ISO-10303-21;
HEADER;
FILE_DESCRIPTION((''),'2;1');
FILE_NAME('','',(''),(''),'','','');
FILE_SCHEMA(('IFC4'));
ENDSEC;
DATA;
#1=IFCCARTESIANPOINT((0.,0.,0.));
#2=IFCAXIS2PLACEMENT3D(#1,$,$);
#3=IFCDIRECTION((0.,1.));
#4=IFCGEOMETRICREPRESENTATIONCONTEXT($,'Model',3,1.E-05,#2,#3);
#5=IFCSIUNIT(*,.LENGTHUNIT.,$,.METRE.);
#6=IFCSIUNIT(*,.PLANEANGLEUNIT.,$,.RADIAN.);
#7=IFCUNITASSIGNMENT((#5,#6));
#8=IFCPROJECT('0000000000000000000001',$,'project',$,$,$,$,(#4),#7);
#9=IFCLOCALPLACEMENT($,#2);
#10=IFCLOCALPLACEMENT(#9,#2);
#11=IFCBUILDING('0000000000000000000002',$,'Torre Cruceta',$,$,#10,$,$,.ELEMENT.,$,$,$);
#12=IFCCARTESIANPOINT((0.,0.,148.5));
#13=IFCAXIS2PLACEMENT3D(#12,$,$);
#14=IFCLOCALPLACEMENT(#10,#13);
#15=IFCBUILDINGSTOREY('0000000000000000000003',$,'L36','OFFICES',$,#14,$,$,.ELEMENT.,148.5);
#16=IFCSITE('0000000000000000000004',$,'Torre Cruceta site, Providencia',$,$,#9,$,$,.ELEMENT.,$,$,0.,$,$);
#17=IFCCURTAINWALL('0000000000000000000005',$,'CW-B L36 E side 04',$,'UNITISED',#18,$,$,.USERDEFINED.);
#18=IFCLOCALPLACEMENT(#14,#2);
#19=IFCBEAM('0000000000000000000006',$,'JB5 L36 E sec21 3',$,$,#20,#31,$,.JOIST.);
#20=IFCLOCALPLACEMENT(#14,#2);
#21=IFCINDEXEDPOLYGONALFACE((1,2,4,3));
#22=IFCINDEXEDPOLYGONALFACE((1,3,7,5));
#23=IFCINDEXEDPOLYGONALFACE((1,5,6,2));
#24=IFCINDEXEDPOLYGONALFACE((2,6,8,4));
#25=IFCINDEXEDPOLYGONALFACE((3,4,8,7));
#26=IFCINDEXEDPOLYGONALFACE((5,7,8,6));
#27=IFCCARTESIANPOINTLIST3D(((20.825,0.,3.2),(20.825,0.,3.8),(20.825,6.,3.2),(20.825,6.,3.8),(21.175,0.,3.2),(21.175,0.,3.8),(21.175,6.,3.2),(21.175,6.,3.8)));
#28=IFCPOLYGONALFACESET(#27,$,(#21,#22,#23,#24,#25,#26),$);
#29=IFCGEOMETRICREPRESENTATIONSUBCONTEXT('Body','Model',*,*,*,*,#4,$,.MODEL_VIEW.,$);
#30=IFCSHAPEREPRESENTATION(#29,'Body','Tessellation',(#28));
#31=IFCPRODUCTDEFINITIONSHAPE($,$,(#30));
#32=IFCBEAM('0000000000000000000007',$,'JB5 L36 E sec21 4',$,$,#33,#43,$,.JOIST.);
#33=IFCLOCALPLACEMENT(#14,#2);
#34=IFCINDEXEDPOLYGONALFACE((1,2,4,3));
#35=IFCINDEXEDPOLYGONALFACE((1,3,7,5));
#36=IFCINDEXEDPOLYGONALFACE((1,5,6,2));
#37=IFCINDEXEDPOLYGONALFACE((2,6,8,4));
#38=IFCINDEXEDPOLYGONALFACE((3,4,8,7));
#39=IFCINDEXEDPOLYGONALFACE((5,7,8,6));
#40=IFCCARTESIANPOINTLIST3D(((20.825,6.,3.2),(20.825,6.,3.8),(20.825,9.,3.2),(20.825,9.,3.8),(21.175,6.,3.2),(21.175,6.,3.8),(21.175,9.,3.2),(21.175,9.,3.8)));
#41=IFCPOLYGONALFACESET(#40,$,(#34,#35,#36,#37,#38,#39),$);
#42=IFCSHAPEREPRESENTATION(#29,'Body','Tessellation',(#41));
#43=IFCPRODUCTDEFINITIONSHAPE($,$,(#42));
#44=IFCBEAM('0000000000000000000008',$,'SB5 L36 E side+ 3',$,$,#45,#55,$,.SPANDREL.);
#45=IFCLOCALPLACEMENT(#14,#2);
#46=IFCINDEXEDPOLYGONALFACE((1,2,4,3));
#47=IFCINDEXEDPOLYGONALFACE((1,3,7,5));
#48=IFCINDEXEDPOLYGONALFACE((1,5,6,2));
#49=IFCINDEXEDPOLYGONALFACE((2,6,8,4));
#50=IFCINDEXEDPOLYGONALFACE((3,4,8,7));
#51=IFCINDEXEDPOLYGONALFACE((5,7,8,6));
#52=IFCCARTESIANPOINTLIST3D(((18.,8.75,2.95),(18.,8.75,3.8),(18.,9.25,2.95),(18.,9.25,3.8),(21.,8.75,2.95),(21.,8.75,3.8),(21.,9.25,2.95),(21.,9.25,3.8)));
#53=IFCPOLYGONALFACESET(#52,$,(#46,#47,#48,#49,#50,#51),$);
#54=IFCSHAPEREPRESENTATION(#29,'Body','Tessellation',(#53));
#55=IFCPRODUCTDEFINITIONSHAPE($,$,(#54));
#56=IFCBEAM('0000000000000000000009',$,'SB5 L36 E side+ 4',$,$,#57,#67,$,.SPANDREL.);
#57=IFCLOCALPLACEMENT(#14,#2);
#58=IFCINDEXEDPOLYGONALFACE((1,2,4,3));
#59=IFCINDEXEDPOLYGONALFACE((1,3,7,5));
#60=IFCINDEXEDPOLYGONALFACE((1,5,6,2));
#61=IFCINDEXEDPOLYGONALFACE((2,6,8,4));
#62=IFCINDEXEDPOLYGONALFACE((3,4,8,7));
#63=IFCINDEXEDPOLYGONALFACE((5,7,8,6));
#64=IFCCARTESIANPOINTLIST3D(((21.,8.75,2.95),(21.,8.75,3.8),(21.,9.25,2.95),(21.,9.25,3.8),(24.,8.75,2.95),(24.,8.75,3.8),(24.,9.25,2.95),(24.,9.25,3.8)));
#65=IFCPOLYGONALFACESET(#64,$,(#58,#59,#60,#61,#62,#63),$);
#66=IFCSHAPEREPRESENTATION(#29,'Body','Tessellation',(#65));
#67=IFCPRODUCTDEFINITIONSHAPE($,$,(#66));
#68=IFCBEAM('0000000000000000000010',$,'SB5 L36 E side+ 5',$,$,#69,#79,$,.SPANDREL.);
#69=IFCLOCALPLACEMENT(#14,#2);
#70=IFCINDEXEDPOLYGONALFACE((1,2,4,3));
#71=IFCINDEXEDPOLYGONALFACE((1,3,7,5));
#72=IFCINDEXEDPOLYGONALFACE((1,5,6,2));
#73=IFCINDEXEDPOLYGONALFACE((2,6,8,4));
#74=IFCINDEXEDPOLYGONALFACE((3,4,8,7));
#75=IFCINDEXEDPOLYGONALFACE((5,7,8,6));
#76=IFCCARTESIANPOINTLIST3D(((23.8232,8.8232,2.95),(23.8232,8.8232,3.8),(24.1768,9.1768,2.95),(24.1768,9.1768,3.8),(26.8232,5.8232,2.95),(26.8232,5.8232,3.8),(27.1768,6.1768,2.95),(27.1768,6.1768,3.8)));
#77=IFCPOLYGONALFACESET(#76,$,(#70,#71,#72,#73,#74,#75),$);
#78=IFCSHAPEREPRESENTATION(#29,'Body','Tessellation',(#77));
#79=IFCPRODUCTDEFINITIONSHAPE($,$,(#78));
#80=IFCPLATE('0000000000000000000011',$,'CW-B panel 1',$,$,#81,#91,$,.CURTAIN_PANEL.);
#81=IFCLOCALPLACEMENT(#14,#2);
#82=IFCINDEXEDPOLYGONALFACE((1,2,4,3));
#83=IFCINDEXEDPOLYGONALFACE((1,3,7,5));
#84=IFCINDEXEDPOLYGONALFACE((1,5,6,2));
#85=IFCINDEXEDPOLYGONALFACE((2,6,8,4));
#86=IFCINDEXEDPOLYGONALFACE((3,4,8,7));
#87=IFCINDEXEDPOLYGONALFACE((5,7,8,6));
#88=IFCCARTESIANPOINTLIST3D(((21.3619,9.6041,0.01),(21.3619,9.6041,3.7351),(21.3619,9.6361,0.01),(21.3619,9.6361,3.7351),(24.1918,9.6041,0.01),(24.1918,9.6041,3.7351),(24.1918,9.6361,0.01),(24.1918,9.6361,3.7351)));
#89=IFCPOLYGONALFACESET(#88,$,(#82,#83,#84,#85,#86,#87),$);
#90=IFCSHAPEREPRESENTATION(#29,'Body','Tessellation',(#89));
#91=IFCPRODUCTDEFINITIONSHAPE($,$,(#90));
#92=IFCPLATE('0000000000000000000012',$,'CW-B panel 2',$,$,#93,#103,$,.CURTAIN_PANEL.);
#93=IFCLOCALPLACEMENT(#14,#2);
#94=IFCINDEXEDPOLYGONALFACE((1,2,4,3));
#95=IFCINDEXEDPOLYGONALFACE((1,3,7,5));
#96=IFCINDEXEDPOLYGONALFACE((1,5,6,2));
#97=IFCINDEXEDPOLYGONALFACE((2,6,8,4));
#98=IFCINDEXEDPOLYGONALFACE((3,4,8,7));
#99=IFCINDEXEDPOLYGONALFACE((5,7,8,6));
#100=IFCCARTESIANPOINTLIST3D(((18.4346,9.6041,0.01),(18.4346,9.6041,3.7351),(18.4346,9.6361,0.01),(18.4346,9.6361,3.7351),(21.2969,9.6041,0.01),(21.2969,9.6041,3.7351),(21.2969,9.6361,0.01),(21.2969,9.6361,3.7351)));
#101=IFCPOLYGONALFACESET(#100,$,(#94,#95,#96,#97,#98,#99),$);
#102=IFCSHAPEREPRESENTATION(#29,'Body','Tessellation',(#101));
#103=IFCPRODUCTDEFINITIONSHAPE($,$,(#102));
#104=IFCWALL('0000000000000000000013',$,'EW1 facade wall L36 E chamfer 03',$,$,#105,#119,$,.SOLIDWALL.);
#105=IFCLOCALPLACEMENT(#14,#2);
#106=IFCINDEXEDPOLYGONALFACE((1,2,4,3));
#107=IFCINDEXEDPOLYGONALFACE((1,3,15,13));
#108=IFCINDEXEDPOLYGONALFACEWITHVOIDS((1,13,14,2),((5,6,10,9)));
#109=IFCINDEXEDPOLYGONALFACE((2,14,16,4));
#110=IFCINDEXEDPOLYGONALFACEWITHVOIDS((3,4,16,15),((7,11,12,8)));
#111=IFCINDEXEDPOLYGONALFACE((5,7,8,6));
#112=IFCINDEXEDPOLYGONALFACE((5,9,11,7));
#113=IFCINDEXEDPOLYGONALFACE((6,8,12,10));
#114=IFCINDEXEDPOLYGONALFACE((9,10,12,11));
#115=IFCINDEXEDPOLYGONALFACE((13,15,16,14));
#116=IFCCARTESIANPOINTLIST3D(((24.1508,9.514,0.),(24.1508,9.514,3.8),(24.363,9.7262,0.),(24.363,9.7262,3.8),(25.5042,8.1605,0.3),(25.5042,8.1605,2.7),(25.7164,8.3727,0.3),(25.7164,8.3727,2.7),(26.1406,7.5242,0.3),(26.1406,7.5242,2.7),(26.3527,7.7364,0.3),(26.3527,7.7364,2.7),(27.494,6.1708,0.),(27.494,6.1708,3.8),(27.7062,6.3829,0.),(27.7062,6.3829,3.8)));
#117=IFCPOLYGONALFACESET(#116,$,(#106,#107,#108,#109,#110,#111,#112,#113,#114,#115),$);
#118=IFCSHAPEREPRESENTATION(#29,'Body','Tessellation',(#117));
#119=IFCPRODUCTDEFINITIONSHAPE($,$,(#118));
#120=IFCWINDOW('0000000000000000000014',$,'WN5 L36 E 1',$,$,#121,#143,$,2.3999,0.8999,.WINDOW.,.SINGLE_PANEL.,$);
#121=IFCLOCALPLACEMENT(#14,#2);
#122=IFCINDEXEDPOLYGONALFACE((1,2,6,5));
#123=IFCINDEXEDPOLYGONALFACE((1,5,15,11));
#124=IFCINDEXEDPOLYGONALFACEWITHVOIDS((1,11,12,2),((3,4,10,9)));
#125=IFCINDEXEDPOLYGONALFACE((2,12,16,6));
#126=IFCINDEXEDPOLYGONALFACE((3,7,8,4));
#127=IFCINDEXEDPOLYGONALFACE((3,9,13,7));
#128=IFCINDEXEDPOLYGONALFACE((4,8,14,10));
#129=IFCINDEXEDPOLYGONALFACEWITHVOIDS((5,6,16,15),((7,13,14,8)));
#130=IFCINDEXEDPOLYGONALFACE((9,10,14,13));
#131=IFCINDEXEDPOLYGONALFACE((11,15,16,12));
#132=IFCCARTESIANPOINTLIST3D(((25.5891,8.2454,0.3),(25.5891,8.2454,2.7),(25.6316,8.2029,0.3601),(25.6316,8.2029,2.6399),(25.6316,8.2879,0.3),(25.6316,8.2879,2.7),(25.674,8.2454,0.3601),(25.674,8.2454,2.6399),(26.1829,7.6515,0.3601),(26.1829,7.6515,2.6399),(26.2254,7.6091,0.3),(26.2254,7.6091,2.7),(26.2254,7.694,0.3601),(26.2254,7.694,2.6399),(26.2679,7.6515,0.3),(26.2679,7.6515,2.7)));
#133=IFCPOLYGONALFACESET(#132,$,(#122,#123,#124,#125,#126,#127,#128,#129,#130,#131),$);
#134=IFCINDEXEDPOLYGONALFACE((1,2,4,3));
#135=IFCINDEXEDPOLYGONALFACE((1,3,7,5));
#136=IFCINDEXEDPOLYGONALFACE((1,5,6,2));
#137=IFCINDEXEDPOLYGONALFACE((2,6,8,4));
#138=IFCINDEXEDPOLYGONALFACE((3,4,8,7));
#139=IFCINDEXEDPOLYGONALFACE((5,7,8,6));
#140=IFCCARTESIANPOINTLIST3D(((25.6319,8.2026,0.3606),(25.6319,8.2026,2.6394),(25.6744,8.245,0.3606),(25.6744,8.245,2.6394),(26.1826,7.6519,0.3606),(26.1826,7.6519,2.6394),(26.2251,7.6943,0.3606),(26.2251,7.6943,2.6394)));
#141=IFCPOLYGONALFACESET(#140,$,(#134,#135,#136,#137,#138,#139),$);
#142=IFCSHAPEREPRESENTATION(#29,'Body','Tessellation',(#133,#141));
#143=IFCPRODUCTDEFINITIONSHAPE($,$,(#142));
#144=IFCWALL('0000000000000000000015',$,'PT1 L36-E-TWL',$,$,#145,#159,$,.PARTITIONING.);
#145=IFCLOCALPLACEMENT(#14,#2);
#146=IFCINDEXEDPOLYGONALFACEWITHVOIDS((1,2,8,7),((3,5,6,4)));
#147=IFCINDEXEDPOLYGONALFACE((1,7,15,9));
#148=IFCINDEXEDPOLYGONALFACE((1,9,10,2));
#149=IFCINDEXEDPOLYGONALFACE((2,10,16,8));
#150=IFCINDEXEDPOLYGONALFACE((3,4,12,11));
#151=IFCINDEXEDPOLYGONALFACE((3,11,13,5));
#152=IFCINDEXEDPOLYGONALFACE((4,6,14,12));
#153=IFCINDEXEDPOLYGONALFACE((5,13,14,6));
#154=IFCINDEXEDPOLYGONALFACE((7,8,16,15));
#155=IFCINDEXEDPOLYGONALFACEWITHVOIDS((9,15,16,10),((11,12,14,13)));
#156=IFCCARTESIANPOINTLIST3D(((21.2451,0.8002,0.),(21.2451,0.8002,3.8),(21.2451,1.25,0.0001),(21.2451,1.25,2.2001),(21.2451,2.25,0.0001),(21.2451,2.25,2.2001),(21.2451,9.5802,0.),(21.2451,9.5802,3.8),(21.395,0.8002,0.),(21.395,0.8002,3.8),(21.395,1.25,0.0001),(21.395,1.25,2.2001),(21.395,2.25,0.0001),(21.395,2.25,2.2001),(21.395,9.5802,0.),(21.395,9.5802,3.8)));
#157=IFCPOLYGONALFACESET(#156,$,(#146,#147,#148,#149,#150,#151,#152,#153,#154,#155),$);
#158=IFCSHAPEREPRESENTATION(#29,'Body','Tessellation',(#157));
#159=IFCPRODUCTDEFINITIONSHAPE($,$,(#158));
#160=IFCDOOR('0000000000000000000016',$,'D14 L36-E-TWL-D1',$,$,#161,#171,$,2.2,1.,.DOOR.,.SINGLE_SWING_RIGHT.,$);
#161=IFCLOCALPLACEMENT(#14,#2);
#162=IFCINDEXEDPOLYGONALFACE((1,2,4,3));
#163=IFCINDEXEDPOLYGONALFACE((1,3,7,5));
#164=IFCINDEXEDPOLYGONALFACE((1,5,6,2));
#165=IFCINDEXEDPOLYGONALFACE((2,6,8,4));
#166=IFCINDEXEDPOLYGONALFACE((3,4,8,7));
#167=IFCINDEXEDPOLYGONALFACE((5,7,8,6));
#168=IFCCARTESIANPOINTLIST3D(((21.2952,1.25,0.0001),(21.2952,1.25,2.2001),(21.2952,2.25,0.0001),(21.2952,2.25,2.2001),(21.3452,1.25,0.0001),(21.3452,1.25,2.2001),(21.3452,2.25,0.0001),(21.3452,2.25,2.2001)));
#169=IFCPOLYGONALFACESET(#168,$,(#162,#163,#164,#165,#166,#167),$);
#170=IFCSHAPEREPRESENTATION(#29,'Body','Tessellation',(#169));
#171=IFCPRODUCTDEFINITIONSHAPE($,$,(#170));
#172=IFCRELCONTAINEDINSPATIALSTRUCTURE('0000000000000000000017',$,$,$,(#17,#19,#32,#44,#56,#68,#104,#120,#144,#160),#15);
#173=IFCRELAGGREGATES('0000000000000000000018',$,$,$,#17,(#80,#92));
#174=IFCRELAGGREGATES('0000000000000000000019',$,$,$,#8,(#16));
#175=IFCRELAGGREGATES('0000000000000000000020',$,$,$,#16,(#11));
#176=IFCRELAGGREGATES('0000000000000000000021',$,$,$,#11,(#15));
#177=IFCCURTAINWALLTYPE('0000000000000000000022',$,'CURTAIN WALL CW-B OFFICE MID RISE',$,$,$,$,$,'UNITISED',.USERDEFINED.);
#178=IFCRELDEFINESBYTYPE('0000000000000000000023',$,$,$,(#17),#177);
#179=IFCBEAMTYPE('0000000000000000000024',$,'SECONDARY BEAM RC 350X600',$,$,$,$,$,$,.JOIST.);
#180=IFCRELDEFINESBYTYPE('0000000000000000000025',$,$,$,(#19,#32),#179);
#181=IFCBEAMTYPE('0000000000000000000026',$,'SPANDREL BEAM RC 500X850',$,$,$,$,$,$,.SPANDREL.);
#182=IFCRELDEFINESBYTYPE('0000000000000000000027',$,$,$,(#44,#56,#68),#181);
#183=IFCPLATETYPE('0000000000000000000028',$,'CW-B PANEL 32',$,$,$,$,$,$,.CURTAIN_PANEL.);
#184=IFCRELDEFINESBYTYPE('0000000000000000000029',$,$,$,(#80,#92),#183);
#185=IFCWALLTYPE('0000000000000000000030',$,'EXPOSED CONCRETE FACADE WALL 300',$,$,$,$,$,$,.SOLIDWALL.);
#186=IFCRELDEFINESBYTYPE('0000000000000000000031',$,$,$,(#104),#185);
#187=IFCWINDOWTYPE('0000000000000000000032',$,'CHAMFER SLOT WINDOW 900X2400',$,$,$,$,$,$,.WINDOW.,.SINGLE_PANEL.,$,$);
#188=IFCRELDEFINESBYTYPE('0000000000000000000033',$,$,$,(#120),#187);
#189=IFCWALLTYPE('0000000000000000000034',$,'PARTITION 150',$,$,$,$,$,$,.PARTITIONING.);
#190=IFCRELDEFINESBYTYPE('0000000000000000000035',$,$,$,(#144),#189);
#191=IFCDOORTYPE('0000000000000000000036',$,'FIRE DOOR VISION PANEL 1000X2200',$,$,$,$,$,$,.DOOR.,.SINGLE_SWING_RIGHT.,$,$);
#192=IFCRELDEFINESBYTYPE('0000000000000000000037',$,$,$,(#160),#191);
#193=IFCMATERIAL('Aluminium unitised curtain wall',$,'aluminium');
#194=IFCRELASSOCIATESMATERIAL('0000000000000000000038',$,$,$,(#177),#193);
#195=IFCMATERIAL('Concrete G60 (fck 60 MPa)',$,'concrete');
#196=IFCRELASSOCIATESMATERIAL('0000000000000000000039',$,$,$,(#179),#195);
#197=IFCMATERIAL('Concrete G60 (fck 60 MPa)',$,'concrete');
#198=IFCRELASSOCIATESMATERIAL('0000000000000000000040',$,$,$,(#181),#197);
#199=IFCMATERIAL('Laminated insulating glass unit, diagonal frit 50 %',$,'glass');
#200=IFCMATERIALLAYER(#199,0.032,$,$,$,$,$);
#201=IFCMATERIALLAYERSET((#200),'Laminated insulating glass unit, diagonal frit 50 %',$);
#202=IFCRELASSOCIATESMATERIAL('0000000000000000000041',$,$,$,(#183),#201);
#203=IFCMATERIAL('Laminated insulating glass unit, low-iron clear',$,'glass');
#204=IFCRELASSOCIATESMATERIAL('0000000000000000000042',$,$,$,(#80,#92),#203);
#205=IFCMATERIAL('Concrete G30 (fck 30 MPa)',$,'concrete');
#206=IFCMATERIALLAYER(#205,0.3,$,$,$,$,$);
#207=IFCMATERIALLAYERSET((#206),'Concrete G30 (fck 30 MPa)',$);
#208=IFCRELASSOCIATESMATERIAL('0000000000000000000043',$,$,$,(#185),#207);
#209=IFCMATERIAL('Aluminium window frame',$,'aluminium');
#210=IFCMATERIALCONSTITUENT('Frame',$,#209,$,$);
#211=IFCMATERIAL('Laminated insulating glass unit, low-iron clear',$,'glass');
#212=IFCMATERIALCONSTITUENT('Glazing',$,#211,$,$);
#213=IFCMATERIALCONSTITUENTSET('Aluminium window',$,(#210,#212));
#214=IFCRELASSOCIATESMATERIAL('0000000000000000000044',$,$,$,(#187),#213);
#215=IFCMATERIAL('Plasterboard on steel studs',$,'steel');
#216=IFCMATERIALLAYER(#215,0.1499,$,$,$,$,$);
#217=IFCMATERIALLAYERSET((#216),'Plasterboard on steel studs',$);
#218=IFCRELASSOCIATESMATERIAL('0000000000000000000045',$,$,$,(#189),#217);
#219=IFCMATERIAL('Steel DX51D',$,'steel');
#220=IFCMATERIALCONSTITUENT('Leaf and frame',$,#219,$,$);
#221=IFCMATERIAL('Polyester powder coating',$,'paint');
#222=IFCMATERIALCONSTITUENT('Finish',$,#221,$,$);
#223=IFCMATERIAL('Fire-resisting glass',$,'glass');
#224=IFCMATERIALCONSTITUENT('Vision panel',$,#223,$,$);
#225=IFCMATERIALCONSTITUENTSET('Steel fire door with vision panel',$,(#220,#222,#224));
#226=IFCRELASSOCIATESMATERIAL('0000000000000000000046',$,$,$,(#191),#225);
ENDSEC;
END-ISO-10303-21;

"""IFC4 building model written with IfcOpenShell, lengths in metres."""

from ifc_helpers import new_model, si_unit, direction, frame, frame_2d, origin, origin_2d, place, context, subcontext, project, spatial, rectangle, hollow_rectangle, extrude, material, layer, layer_set, constituent, constituent_set, material_profile, profile_set, type_object, element, fill, aggregate, save


model = new_model("IFC4")

# Units and contexts
model_context = context("Model", 3, precision=1e-05, world=origin(), true_north=direction((0.0, 1.0)))
body_context = subcontext(model_context, "Body", "Model", "MODEL_VIEW")
ifc_project = project(units=[si_unit("LENGTHUNIT", "METRE"), si_unit("PLANEANGLEUNIT", "RADIAN")], contexts=[model_context])

# Site, building, storey
site_placement = place(None, origin())
site = spatial("IfcSite", under=ifc_project, at=site_placement, Name="Torre Cruceta site, Providencia", CompositionType="ELEMENT", RefElevation=0.0)
building_placement = place(site_placement, origin())
building = spatial("IfcBuilding", under=site, at=building_placement, Name="Torre Cruceta", CompositionType="ELEMENT")
storey_placement = place(building_placement, frame((0.0, 0.0, 148.5)))
storey = spatial("IfcBuildingStorey", under=building, at=storey_placement, Name="L36", Description="OFFICES", CompositionType="ELEMENT", Elevation=148.5)

# Curtain wall
ifc_material_1 = material(Name="Aluminium unitised curtain wall", Category="aluminium")
curtain_wall_type = type_object("IfcCurtainWallType", Name="CURTAIN WALL CW-B OFFICE MID RISE", ElementType="UNITISED", PredefinedType="USERDEFINED", material=ifc_material_1)
curtain_wall_placement = place(storey_placement, origin())
curtain_wall = element("IfcCurtainWall", 1, at=curtain_wall_placement, inside=storey, type_object=curtain_wall_type, Name="CW-B L36 E side 04", ObjectType="UNITISED", PredefinedType="USERDEFINED")

# Beams
ifc_material_2 = material(Name="Concrete G60 (fck 60 MPa)", Category="concrete")
ifc_material_profile_1 = material_profile(ifc_material_2, rectangle(XDim=0.3501, YDim=0.6001, at=origin_2d()), Name="RC 350X600")
ifc_profile_set_1 = profile_set([ifc_material_profile_1], Name="Concrete G60 (fck 60 MPa)")
beam_type_1 = type_object("IfcBeamType", Name="SECONDARY BEAM RC 350X600", PredefinedType="JOIST", material=ifc_profile_set_1)
beam_1_placement = place(storey_placement, frame((21.0, 0.0, 3.5), z_axis=(0.0, 1.0, 0.0), x_axis=(-1.0, 0.0, 0.0)))
element("IfcBeam", 2, at=beam_1_placement, inside=storey, type_object=beam_type_1, Name="JB5 L36 E sec21 3", PredefinedType="JOIST", context=body_context, shape_type="SweptSolid", body=[
    extrude(rectangle(XDim=0.3501, YDim=0.6001, at=origin_2d()), origin(), (0.0, 0.0, 1.0), 6.0),
])
beam_2_placement = place(storey_placement, frame((21.0, 6.0, 3.5), z_axis=(0.0, 1.0, 0.0), x_axis=(-1.0, 0.0, 0.0)))
element("IfcBeam", 3, at=beam_2_placement, inside=storey, type_object=beam_type_1, Name="JB5 L36 E sec21 4", PredefinedType="JOIST", context=body_context, shape_type="SweptSolid", body=[
    extrude(rectangle(XDim=0.3501, YDim=0.6001, at=origin_2d()), origin(), (0.0, 0.0, 1.0), 3.0),
])
ifc_material_3 = material(Name="Concrete G60 (fck 60 MPa)", Category="concrete")
ifc_material_profile_2 = material_profile(ifc_material_3, rectangle(XDim=0.5, YDim=0.8501, at=origin_2d()), Name="RC 500X850")
ifc_profile_set_2 = profile_set([ifc_material_profile_2], Name="Concrete G60 (fck 60 MPa)")
beam_type_2 = type_object("IfcBeamType", Name="SPANDREL BEAM RC 500X850", PredefinedType="SPANDREL", material=ifc_profile_set_2)
for number, where, z_axis, x_axis, name in (
    (4, (18.0, 9.0, 3.375), (1.0, 0.0, 0.0), (0.0, 1.0, 0.0), "SB5 L36 E side+ 3"),
    (5, (21.0, 9.0, 3.375), (1.0, 0.0, 0.0), (0.0, 1.0, 0.0), "SB5 L36 E side+ 4"),
):
    element("IfcBeam", number, at=place(storey_placement, frame(where, z_axis=z_axis, x_axis=x_axis)), inside=storey, type_object=beam_type_2, Name=name, PredefinedType="SPANDREL", context=body_context, shape_type="SweptSolid", body=[
        extrude(rectangle(XDim=0.5, YDim=0.8501, at=origin_2d()), origin(), (0.0, 0.0, 1.0), 3.0),
    ])
beam_3_placement = place(storey_placement, frame((24.0, 9.0, 3.375), z_axis=(0.707107, -0.707107, 0.0), x_axis=(0.707107, 0.707107, 0.0)))
element("IfcBeam", 6, at=beam_3_placement, inside=storey, type_object=beam_type_2, Name="SB5 L36 E side+ 5", PredefinedType="SPANDREL", context=body_context, shape_type="SweptSolid", body=[
    extrude(rectangle(XDim=0.5, YDim=0.8501, at=origin_2d()), origin(), (0.0, 0.0, 1.0), 4.2427),
])

# Plates
ifc_material_4 = material(Name="Laminated insulating glass unit, low-iron clear", Category="glass")
ifc_material_5 = material(Name="Laminated insulating glass unit, diagonal frit 50 %", Category="glass")
ifc_layer_1 = layer(ifc_material_5, 0.032)
ifc_layer_set_1 = layer_set([ifc_layer_1], Name="Laminated insulating glass unit, diagonal frit 50 %")
plate_type = type_object("IfcPlateType", Name="CW-B PANEL 32", PredefinedType="CURTAIN_PANEL", material=ifc_layer_set_1)
plate_1_placement = place(storey_placement, frame((22.7769, 9.6201, 0.01), z_axis=(0.0, 0.0, 1.0), x_axis=(-1.0, 0.0, 0.0)))
plate_1 = element("IfcPlate", 7, at=plate_1_placement, type_object=plate_type, material=ifc_material_4, Name="CW-B panel 1", PredefinedType="CURTAIN_PANEL", context=body_context, shape_type="SweptSolid", body=[
    extrude(rectangle(XDim=2.8298, YDim=0.032, at=origin_2d()), origin(), (0.0, 0.0, 1.0), 3.7251),
])
plate_2_placement = place(storey_placement, frame((19.8657, 9.6201, 0.01), z_axis=(0.0, 0.0, 1.0), x_axis=(-1.0, 0.0, 0.0)))
plate_2 = element("IfcPlate", 8, at=plate_2_placement, type_object=plate_type, material=ifc_material_4, Name="CW-B panel 2", PredefinedType="CURTAIN_PANEL", context=body_context, shape_type="SweptSolid", body=[
    extrude(rectangle(XDim=2.8623, YDim=0.032, at=origin_2d()), origin(), (0.0, 0.0, 1.0), 3.7251),
])
aggregate(curtain_wall, [plate_1, plate_2])

# Wall, opening, window
ifc_material_6 = material(Name="Concrete G30 (fck 30 MPa)", Category="concrete")
ifc_layer_2 = layer(ifc_material_6, 0.3)
ifc_layer_set_2 = layer_set([ifc_layer_2], Name="Concrete G30 (fck 30 MPa)")
wall_type_1 = type_object("IfcWallType", Name="EXPOSED CONCRETE FACADE WALL 300", PredefinedType="SOLIDWALL", material=ifc_layer_set_2)
wall_1_placement = place(storey_placement, frame((27.6001, 6.2769, 0.0), z_axis=(0.0, 0.0, 1.0), x_axis=(-0.707107, 0.707107, 0.0)))
wall_1 = element("IfcWall", 9, at=wall_1_placement, inside=storey, type_object=wall_type_1, Name="EW1 facade wall L36 E chamfer 03", PredefinedType="SOLIDWALL", context=body_context, shape_type="SweptSolid", body=[
    extrude(rectangle(XDim=4.728, YDim=0.3, at=frame_2d((2.364, 0.0))), origin(), (0.0, 0.0, 1.0), 3.8),
])
opening_1_placement = place(wall_1_placement, frame((1.9141, 0.0, 0.3)))
opening_1 = element("IfcOpeningElement", 10, at=opening_1_placement, cuts=wall_1, PredefinedType="OPENING", context=body_context, shape_type="SweptSolid", body=[
    extrude(rectangle(XDim=0.8999, YDim=2.3999, at=frame_2d((0.45, 1.2))), frame((0.0, 0.1599, 0.0), z_axis=(0.0, -1.0, 0.0), x_axis=(1.0, 0.0, 0.0)), (0.0, 0.0, 1.0), 0.3201),
])
ifc_material_7 = material(Name="Aluminium window frame", Category="aluminium")
ifc_constituent_1 = constituent(ifc_material_7, Name="Frame")
ifc_material_8 = material(Name="Laminated insulating glass unit, low-iron clear", Category="glass")
ifc_constituent_2 = constituent(ifc_material_8, Name="Glazing")
ifc_constituent_set_1 = constituent_set(constituents=[ifc_constituent_1, ifc_constituent_2], Name="Aluminium window")
window_type = type_object("IfcWindowType", Name="CHAMFER SLOT WINDOW 900X2400", PartitioningType="SINGLE_PANEL", PredefinedType="WINDOW", material=ifc_constituent_set_1)
window_placement = place(opening_1_placement, origin())
window = element("IfcWindow", 11, at=window_placement, inside=storey, type_object=window_type, Name="WN5 L36 E 1", OverallHeight=2.3999, OverallWidth=0.8999, PartitioningType="SINGLE_PANEL", PredefinedType="WINDOW", context=body_context, shape_type="SweptSolid", body=[
    extrude(hollow_rectangle(XDim=0.8999, YDim=2.3999, WallThickness=0.0601, at=frame_2d((0.45, 1.2))), frame((0.0, 0.03, 0.0), z_axis=(0.0, -1.0, 0.0), x_axis=(1.0, 0.0, 0.0)), (0.0, 0.0, 1.0), 0.0601),
    extrude(rectangle(XDim=0.7788, YDim=2.2788, at=frame_2d((0.45, 1.2))), frame((0.0, 0.03, 0.0), z_axis=(0.0, -1.0, 0.0), x_axis=(1.0, 0.0, 0.0)), (0.0, 0.0, 1.0), 0.0601),
])
fill(opening_1, window)

# Wall, opening, door
ifc_material_9 = material(Name="Plasterboard on steel studs", Category="steel")
ifc_layer_3 = layer(ifc_material_9, 0.1499)
ifc_layer_set_3 = layer_set([ifc_layer_3], Name="Plasterboard on steel studs")
wall_type_2 = type_object("IfcWallType", Name="PARTITION 150", PredefinedType="PARTITIONING", material=ifc_layer_set_3)
wall_2_placement = place(storey_placement, frame((21.3201, 0.8, 0.0), z_axis=(0.0, 0.0, 1.0), x_axis=(0.0, 1.0, 0.0)))
wall_2 = element("IfcWall", 12, at=wall_2_placement, inside=storey, type_object=wall_type_2, Name="PT1 L36-E-TWL", PredefinedType="PARTITIONING", context=body_context, shape_type="SweptSolid", body=[
    extrude(rectangle(XDim=8.78, YDim=0.1499, at=frame_2d((4.3901, 0.0))), origin(), (0.0, 0.0, 1.0), 3.8),
])
opening_2_placement = place(wall_2_placement, frame((0.45, 0.0, 0.0)))
opening_2 = element("IfcOpeningElement", 13, at=opening_2_placement, cuts=wall_2, PredefinedType="OPENING", context=body_context, shape_type="SweptSolid", body=[
    extrude(rectangle(XDim=1.0, YDim=2.2, at=frame_2d((0.5, 1.1001))), frame((0.0, 0.085, 0.0), z_axis=(0.0, -1.0, 0.0), x_axis=(1.0, 0.0, 0.0)), (0.0, 0.0, 1.0), 0.1699),
])
ifc_material_10 = material(Name="Steel DX51D", Category="steel")
ifc_constituent_3 = constituent(ifc_material_10, Name="Leaf and frame")
ifc_material_11 = material(Name="Polyester powder coating", Category="paint")
ifc_constituent_4 = constituent(ifc_material_11, Name="Finish")
ifc_material_12 = material(Name="Fire-resisting glass", Category="glass")
ifc_constituent_5 = constituent(ifc_material_12, Name="Vision panel")
ifc_constituent_set_2 = constituent_set(constituents=[ifc_constituent_3, ifc_constituent_4, ifc_constituent_5], Name="Steel fire door with vision panel")
door_type = type_object("IfcDoorType", Name="FIRE DOOR VISION PANEL 1000X2200", OperationType="SINGLE_SWING_RIGHT", PredefinedType="DOOR", material=ifc_constituent_set_2)
door_placement = place(opening_2_placement, frame((1.0, 0.0, 0.0), z_axis=(0.0, 0.0, 1.0), x_axis=(-1.0, 0.0, 0.0)))
door = element("IfcDoor", 14, at=door_placement, inside=storey, type_object=door_type, Name="D14 L36-E-TWL-D1", OperationType="SINGLE_SWING_RIGHT", OverallHeight=2.2, OverallWidth=1.0, PredefinedType="DOOR", context=body_context, shape_type="SweptSolid", body=[
    extrude(rectangle(XDim=1.0, YDim=2.2, at=frame_2d((0.5, 1.1001))), frame((0.0, 0.0251, 0.0), z_axis=(0.0, -1.0, 0.0), x_axis=(1.0, 0.0, 0.0)), (0.0, 0.0, 1.0), 0.05),
])
fill(opening_2, door)

save(model, "model.ifc")
